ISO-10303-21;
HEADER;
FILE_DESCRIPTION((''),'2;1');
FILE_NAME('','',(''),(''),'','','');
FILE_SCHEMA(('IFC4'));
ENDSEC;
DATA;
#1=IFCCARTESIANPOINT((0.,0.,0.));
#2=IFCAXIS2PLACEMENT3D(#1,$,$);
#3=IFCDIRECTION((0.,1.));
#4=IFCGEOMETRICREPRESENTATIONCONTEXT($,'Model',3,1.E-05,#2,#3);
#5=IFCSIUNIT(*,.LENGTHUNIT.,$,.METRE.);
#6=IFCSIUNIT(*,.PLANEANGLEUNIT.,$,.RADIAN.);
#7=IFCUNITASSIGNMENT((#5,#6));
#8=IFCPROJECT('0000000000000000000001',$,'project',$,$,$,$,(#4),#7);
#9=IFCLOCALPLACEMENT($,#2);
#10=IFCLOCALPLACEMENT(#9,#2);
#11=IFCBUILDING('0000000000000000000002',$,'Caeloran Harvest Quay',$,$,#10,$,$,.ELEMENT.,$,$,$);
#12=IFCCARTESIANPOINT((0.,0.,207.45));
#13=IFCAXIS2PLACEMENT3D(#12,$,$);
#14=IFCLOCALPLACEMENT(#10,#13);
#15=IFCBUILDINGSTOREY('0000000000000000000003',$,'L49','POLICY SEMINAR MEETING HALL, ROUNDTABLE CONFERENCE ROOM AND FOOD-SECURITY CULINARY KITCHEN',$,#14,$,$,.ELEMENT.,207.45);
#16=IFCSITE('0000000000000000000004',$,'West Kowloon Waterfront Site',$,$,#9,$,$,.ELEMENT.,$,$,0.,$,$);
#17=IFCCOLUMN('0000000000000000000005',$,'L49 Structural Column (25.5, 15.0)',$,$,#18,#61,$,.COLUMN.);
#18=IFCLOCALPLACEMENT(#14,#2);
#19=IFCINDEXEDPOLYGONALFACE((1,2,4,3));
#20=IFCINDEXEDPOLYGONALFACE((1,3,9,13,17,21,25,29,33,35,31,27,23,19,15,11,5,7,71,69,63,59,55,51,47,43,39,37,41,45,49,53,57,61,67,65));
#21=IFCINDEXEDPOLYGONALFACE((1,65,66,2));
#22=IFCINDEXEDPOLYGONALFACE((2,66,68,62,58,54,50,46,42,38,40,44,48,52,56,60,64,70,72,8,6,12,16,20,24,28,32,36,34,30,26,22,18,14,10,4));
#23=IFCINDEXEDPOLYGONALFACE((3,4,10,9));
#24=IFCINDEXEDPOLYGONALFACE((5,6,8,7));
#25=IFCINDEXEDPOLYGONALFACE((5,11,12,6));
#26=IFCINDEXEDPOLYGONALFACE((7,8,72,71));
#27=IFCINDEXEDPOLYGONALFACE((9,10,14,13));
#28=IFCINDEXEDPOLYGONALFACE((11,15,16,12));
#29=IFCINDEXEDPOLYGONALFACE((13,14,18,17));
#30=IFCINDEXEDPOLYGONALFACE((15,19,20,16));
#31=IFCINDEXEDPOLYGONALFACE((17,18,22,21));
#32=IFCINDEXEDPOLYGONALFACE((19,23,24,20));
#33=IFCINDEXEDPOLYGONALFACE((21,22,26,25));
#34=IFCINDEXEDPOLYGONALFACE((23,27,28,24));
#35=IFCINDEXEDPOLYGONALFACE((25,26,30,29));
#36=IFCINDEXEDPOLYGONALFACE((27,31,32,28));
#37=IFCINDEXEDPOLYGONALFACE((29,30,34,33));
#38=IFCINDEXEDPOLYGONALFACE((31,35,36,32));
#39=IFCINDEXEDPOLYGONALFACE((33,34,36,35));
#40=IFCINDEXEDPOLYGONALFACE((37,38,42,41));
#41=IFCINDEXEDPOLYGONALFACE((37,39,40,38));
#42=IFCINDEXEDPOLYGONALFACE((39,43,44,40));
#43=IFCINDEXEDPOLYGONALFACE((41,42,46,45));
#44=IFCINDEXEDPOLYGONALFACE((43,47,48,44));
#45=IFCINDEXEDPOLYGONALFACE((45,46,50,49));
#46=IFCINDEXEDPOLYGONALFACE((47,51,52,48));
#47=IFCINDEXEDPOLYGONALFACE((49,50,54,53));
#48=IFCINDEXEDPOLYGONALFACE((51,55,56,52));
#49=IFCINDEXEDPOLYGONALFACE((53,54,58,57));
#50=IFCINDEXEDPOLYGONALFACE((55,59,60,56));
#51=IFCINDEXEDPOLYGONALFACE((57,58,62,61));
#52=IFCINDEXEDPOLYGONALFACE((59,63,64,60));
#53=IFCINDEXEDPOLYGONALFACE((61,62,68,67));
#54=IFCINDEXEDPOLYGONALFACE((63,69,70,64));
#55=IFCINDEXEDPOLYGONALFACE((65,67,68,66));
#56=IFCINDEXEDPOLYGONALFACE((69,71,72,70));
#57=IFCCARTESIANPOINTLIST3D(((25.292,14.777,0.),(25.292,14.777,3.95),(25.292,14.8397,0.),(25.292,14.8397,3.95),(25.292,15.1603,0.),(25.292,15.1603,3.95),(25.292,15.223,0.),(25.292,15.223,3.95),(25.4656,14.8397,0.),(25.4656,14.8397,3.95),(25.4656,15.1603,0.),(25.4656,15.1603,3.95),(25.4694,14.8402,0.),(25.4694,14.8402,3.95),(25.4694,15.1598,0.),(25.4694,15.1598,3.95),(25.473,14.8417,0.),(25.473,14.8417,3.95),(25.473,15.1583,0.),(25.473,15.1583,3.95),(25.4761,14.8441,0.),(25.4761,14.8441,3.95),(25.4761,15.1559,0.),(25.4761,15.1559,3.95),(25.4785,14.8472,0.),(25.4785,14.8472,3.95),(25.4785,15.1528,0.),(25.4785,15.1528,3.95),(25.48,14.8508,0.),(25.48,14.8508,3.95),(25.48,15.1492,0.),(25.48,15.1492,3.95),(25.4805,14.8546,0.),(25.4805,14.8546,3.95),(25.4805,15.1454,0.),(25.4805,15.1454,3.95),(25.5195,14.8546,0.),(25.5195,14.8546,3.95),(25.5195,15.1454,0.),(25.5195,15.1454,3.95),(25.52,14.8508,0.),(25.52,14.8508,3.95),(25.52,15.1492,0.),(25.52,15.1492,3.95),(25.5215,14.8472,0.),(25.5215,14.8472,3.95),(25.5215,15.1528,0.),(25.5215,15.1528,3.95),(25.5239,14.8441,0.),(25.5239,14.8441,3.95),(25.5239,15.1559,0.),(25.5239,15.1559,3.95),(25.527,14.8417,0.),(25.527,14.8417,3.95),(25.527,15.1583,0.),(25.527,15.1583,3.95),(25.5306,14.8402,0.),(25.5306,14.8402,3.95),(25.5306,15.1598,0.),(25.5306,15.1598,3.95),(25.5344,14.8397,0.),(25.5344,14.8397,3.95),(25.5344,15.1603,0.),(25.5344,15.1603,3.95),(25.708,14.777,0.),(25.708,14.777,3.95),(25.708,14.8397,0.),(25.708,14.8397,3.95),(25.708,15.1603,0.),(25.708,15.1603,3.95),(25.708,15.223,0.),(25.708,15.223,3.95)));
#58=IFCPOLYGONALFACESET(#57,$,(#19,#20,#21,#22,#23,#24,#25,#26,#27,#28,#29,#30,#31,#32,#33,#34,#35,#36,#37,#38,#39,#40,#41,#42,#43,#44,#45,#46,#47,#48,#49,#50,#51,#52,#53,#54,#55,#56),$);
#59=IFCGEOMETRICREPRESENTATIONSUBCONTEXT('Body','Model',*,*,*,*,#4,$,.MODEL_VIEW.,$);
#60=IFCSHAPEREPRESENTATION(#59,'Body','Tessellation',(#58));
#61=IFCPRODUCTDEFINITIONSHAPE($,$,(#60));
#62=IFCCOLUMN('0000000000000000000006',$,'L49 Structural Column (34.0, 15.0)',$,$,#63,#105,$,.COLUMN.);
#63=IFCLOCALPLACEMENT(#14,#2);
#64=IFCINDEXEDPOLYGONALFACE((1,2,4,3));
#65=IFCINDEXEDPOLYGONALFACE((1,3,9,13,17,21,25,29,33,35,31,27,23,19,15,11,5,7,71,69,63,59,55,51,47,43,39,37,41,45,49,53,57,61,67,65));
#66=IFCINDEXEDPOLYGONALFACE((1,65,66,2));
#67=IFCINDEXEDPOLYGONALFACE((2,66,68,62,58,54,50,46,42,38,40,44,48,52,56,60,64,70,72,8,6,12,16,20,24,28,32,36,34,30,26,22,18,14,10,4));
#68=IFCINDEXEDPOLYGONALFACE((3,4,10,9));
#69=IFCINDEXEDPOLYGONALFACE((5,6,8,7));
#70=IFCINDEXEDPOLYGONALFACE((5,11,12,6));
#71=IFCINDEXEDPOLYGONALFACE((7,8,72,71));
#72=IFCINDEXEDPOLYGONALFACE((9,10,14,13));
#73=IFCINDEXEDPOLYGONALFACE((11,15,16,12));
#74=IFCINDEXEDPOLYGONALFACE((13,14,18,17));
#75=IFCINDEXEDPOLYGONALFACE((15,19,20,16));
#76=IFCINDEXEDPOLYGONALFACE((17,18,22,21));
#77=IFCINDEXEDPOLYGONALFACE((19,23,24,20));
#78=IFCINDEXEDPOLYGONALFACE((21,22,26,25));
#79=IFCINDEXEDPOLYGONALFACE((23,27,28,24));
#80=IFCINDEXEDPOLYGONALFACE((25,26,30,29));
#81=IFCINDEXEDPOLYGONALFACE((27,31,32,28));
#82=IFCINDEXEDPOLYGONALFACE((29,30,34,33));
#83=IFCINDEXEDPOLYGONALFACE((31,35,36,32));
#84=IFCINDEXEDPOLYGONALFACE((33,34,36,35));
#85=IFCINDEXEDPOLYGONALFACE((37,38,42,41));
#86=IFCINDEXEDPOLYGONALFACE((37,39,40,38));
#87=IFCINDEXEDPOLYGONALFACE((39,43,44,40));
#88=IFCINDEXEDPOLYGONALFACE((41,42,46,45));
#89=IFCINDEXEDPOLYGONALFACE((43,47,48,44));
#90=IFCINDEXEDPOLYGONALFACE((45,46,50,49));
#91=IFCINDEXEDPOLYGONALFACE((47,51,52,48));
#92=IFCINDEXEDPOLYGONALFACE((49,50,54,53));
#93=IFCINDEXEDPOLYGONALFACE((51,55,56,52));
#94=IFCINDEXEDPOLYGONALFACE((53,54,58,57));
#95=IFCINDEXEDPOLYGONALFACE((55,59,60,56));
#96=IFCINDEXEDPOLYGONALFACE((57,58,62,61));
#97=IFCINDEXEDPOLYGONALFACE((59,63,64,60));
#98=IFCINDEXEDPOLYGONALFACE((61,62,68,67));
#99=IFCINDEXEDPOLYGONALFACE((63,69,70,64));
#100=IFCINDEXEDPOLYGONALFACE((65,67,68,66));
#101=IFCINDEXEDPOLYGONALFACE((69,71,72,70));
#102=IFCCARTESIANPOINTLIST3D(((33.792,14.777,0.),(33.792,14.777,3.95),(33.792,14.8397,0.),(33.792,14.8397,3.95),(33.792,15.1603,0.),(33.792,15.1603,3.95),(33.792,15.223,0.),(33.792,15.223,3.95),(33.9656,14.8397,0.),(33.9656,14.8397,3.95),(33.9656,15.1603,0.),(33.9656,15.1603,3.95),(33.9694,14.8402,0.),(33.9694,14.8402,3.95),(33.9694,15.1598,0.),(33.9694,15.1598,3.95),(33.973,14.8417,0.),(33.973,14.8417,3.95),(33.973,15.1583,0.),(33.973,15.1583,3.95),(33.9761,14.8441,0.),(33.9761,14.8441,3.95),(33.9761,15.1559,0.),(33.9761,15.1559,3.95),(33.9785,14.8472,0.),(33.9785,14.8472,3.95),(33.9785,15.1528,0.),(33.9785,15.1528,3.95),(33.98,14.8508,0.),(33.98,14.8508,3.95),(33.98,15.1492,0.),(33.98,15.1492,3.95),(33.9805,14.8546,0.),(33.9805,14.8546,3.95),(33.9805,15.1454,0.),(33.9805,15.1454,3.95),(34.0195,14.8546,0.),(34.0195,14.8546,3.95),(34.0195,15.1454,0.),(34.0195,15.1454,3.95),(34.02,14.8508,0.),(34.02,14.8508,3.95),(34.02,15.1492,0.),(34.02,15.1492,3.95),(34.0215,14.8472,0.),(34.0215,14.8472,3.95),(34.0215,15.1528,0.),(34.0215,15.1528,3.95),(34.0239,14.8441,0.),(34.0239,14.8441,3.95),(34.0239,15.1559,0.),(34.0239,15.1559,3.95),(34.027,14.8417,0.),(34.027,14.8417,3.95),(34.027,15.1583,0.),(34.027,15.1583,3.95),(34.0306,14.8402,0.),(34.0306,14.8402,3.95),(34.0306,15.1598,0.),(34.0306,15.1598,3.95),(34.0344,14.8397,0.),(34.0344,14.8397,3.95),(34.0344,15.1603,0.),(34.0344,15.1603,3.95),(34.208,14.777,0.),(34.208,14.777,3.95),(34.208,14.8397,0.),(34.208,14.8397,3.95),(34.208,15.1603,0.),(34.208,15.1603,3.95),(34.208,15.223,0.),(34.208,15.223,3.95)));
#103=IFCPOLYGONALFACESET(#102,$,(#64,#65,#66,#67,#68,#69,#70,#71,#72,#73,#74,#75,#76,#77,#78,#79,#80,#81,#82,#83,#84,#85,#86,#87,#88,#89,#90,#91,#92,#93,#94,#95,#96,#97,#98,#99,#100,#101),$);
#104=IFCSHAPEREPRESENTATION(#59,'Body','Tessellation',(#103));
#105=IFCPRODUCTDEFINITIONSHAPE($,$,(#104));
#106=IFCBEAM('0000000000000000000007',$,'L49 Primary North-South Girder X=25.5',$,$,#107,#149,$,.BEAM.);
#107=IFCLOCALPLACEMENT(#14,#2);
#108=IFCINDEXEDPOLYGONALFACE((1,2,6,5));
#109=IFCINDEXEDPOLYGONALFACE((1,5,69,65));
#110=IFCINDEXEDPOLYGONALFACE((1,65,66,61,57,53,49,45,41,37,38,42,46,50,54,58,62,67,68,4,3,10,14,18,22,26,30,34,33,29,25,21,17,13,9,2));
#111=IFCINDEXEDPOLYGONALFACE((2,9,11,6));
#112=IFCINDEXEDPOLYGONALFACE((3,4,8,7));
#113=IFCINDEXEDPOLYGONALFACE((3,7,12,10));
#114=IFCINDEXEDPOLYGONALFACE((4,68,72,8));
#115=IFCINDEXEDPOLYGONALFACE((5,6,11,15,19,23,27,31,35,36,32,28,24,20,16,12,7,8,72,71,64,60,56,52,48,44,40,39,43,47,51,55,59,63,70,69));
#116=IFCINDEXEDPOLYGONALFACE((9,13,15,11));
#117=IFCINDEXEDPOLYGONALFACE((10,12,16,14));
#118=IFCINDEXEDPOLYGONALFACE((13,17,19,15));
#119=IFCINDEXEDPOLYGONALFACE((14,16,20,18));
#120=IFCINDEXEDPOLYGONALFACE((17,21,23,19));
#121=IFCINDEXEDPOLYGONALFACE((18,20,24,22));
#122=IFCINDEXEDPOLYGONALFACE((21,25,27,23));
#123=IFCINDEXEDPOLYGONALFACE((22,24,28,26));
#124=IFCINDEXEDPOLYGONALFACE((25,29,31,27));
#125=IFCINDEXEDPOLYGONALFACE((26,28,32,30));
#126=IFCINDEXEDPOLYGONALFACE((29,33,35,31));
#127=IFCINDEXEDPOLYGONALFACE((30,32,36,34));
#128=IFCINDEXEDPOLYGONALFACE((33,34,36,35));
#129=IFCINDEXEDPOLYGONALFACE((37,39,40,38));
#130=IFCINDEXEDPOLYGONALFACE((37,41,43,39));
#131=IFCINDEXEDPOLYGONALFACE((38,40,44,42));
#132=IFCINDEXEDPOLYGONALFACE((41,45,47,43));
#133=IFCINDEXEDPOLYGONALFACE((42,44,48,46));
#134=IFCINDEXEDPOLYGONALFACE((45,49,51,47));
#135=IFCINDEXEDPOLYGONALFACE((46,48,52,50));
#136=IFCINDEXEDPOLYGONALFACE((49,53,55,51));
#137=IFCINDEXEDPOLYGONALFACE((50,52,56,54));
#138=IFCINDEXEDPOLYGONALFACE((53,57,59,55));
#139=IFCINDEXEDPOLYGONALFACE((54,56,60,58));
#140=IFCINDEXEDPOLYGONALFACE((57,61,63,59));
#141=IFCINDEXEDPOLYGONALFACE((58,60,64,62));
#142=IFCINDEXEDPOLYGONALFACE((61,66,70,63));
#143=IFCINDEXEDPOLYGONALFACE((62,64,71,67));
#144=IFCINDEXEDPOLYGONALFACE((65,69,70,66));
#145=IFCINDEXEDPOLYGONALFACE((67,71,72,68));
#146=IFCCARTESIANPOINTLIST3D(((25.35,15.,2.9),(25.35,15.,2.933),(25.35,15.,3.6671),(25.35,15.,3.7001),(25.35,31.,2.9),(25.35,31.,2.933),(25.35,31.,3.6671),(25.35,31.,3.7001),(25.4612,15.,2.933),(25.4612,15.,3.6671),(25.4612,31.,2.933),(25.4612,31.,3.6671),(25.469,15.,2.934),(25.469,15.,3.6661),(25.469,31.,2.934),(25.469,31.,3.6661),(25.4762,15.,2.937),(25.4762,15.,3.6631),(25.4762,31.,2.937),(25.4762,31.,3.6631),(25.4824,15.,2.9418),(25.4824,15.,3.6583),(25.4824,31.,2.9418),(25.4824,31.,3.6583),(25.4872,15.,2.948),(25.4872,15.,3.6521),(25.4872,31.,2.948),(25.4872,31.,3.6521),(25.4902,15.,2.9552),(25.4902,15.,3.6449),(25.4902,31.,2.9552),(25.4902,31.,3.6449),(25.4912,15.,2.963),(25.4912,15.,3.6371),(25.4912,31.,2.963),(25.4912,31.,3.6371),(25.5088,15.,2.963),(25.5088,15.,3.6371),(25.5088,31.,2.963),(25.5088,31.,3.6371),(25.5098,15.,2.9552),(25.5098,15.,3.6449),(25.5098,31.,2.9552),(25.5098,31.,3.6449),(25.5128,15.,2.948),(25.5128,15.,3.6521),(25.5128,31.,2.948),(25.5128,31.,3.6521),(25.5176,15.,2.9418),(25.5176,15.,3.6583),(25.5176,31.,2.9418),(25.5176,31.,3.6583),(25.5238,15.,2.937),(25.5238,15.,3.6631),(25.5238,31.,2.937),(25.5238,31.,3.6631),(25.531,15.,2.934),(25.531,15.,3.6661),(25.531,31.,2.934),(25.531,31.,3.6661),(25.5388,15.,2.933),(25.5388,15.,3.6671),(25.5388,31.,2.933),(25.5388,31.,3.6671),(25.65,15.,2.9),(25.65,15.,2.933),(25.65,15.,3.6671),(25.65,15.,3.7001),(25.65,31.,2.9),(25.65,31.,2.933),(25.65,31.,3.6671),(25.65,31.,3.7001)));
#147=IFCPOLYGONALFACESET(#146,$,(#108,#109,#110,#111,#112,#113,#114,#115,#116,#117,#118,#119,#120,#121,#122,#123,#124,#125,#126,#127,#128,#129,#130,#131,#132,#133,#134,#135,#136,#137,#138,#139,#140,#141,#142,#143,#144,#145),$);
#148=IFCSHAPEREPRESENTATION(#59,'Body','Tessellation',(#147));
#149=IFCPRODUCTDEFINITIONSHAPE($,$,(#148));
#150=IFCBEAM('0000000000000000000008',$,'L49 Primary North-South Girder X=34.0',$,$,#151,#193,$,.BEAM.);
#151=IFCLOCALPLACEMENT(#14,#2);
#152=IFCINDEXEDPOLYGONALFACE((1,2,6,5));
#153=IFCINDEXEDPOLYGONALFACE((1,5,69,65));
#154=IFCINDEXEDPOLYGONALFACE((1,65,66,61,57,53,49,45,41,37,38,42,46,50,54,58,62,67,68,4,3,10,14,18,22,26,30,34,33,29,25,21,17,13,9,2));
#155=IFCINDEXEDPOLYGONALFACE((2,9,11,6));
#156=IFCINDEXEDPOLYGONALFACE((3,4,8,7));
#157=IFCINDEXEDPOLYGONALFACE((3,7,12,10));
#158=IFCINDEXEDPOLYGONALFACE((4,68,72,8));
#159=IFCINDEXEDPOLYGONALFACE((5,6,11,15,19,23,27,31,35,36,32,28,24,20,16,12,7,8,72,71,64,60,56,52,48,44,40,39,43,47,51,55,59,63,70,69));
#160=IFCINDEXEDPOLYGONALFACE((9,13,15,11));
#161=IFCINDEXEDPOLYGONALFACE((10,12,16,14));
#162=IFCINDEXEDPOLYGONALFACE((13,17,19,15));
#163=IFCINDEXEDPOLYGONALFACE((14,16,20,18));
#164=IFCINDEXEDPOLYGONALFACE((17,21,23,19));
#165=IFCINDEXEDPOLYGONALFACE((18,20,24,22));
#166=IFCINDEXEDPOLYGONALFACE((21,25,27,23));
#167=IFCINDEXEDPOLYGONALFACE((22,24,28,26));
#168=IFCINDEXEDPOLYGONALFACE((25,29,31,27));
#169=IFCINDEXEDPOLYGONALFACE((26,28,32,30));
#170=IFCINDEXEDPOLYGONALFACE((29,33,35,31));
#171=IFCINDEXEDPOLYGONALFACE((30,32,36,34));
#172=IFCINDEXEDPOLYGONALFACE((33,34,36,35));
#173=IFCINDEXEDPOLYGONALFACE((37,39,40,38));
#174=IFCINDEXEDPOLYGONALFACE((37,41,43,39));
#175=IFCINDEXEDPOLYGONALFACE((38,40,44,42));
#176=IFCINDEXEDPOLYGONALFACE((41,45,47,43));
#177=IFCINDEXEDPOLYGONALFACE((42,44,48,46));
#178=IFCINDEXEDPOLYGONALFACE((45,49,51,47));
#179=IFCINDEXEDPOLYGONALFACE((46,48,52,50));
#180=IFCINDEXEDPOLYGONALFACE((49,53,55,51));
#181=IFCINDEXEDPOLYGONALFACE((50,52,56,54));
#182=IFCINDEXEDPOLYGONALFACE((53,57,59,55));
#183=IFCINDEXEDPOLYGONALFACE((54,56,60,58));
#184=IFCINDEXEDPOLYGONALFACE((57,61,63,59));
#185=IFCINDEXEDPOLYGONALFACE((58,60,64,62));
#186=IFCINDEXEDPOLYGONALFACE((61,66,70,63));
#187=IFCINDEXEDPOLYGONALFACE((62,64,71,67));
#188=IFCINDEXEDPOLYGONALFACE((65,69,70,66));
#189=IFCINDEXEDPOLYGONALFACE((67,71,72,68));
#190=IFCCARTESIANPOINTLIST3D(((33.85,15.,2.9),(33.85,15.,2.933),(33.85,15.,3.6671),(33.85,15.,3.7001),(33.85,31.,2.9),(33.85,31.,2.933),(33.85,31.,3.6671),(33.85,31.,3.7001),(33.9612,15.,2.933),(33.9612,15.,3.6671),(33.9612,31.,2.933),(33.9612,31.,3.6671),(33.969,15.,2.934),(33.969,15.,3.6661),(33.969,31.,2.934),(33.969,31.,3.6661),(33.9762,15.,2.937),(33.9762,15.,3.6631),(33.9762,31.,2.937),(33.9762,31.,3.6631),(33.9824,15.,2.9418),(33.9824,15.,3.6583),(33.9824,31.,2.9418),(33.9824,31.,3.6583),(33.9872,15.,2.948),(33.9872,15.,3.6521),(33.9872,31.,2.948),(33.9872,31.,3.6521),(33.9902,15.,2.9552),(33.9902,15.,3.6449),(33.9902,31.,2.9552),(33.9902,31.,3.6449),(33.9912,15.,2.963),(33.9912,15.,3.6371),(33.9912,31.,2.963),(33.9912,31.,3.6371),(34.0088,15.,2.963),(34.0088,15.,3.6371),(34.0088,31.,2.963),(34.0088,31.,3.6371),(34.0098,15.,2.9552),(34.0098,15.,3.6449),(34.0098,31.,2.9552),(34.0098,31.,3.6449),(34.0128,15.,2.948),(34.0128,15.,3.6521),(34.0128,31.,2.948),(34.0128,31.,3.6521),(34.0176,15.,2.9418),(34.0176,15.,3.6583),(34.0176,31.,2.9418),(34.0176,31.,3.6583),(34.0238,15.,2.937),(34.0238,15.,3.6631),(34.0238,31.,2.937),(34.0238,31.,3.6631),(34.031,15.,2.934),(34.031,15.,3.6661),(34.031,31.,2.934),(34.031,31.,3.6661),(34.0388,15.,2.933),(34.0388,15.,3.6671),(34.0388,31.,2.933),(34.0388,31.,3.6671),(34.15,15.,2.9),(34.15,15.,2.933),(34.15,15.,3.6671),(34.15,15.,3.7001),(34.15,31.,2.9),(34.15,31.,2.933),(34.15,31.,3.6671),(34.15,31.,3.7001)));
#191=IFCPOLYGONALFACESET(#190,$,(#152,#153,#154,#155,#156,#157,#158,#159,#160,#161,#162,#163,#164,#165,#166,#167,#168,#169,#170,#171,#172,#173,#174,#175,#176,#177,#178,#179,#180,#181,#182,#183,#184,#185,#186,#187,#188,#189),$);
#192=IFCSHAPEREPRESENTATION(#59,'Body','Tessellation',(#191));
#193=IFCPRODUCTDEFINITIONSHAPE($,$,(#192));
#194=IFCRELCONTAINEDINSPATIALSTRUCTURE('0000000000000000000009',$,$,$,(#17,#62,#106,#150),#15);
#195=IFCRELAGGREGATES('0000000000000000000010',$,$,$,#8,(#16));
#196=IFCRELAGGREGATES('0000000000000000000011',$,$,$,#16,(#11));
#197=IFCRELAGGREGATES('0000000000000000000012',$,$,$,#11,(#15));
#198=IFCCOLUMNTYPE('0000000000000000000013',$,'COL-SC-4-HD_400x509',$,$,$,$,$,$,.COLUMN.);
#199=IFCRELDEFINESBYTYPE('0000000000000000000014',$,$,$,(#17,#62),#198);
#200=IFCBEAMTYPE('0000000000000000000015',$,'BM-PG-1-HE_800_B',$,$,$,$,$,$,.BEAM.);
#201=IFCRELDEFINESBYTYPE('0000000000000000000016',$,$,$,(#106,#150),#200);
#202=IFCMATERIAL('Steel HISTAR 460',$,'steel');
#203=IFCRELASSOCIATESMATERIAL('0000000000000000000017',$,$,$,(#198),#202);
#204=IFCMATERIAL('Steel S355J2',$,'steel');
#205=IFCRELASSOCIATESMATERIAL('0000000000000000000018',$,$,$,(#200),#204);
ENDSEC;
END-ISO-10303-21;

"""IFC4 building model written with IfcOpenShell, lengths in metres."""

from ifc_helpers import new_model, si_unit, direction, frame, origin, origin_2d, place, context, subcontext, project, spatial, i_section, extrude, material, material_profile, profile_set, type_object, element, save


model = new_model("IFC4")

# Units and contexts
model_context = context("Model", 3, precision=1e-05, world=origin(), true_north=direction((0.0, 1.0)))
body_context = subcontext(model_context, "Body", "Model", "MODEL_VIEW")
ifc_project = project(units=[si_unit("LENGTHUNIT", "METRE"), si_unit("PLANEANGLEUNIT", "RADIAN")], contexts=[model_context])

# Site, building, storey
site_placement = place(None, origin())
site = spatial("IfcSite", under=ifc_project, at=site_placement, Name="West Kowloon Waterfront Site", CompositionType="ELEMENT", RefElevation=0.0)
building_placement = place(site_placement, origin())
building = spatial("IfcBuilding", under=site, at=building_placement, Name="Caeloran Harvest Quay", CompositionType="ELEMENT")
storey_placement = place(building_placement, frame((0.0, 0.0, 207.45)))
storey = spatial("IfcBuildingStorey", under=building, at=storey_placement, Name="L49", Description="POLICY SEMINAR MEETING HALL, ROUNDTABLE CONFERENCE ROOM AND FOOD-SECURITY CULINARY KITCHEN", CompositionType="ELEMENT", Elevation=207.45)

# Columns
ifc_material_1 = material(Name="Steel HISTAR 460", Category="steel")
ifc_material_profile_1 = material_profile(ifc_material_1, i_section(OverallWidth=0.416, OverallDepth=0.446, WebThickness=0.0391, FlangeThickness=0.0627, FilletRadius=0.0149, at=origin_2d()), Name="HD 400x509")
ifc_profile_set_1 = profile_set([ifc_material_profile_1], Name="Steel HISTAR 460")
column_type = type_object("IfcColumnType", Name="COL-SC-4-HD_400x509", PredefinedType="COLUMN", material=ifc_profile_set_1)
for number, where, z_axis, x_axis, name in (
    (1, (25.5, 15.0, 0.0), (0.0, 0.0, 1.0), (1.0, 0.0, 0.0), "L49 Structural Column (25.5, 15.0)"),
    (2, (34.0, 15.0, 0.0), (0.0, 0.0, 1.0), (1.0, 0.0, 0.0), "L49 Structural Column (34.0, 15.0)"),
):
    element("IfcColumn", number, at=place(storey_placement, frame(where, z_axis=z_axis, x_axis=x_axis)), inside=storey, type_object=column_type, Name=name, PredefinedType="COLUMN", context=body_context, shape_type="SweptSolid", body=[
        extrude(i_section(OverallWidth=0.416, OverallDepth=0.446, WebThickness=0.0391, FlangeThickness=0.0627, FilletRadius=0.0149, at=origin_2d()), origin(), (0.0, 0.0, 1.0), 3.95),
    ])

# Beams
ifc_material_2 = material(Name="Steel S355J2", Category="steel")
ifc_material_profile_2 = material_profile(ifc_material_2, i_section(OverallWidth=0.3, OverallDepth=0.8, WebThickness=0.0176, FlangeThickness=0.033, FilletRadius=0.03, at=origin_2d()), Name="HE 800 B")
ifc_profile_set_2 = profile_set([ifc_material_profile_2], Name="Steel S355J2")
beam_type_1 = type_object("IfcBeamType", Name="BM-PG-1-HE_800_B", PredefinedType="BEAM", material=ifc_profile_set_2)
for number, where, z_axis, x_axis, name in (
    (3, (25.5, 15.0, 3.3), (0.0, 1.0, 0.0), (-1.0, 0.0, 0.0), "L49 Primary North-South Girder X=25.5"),
    (4, (34.0, 15.0, 3.3), (0.0, 1.0, 0.0), (-1.0, 0.0, 0.0), "L49 Primary North-South Girder X=34.0"),
):
    element("IfcBeam", number, at=place(storey_placement, frame(where, z_axis=z_axis, x_axis=x_axis)), inside=storey, type_object=beam_type_1, Name=name, PredefinedType="BEAM", context=body_context, shape_type="SweptSolid", body=[
        extrude(i_section(OverallWidth=0.3, OverallDepth=0.8, WebThickness=0.0176, FlangeThickness=0.033, FilletRadius=0.03, at=origin_2d()), origin(), (0.0, 0.0, 1.0), 16.0),
    ])

save(model, "model.ifc")
